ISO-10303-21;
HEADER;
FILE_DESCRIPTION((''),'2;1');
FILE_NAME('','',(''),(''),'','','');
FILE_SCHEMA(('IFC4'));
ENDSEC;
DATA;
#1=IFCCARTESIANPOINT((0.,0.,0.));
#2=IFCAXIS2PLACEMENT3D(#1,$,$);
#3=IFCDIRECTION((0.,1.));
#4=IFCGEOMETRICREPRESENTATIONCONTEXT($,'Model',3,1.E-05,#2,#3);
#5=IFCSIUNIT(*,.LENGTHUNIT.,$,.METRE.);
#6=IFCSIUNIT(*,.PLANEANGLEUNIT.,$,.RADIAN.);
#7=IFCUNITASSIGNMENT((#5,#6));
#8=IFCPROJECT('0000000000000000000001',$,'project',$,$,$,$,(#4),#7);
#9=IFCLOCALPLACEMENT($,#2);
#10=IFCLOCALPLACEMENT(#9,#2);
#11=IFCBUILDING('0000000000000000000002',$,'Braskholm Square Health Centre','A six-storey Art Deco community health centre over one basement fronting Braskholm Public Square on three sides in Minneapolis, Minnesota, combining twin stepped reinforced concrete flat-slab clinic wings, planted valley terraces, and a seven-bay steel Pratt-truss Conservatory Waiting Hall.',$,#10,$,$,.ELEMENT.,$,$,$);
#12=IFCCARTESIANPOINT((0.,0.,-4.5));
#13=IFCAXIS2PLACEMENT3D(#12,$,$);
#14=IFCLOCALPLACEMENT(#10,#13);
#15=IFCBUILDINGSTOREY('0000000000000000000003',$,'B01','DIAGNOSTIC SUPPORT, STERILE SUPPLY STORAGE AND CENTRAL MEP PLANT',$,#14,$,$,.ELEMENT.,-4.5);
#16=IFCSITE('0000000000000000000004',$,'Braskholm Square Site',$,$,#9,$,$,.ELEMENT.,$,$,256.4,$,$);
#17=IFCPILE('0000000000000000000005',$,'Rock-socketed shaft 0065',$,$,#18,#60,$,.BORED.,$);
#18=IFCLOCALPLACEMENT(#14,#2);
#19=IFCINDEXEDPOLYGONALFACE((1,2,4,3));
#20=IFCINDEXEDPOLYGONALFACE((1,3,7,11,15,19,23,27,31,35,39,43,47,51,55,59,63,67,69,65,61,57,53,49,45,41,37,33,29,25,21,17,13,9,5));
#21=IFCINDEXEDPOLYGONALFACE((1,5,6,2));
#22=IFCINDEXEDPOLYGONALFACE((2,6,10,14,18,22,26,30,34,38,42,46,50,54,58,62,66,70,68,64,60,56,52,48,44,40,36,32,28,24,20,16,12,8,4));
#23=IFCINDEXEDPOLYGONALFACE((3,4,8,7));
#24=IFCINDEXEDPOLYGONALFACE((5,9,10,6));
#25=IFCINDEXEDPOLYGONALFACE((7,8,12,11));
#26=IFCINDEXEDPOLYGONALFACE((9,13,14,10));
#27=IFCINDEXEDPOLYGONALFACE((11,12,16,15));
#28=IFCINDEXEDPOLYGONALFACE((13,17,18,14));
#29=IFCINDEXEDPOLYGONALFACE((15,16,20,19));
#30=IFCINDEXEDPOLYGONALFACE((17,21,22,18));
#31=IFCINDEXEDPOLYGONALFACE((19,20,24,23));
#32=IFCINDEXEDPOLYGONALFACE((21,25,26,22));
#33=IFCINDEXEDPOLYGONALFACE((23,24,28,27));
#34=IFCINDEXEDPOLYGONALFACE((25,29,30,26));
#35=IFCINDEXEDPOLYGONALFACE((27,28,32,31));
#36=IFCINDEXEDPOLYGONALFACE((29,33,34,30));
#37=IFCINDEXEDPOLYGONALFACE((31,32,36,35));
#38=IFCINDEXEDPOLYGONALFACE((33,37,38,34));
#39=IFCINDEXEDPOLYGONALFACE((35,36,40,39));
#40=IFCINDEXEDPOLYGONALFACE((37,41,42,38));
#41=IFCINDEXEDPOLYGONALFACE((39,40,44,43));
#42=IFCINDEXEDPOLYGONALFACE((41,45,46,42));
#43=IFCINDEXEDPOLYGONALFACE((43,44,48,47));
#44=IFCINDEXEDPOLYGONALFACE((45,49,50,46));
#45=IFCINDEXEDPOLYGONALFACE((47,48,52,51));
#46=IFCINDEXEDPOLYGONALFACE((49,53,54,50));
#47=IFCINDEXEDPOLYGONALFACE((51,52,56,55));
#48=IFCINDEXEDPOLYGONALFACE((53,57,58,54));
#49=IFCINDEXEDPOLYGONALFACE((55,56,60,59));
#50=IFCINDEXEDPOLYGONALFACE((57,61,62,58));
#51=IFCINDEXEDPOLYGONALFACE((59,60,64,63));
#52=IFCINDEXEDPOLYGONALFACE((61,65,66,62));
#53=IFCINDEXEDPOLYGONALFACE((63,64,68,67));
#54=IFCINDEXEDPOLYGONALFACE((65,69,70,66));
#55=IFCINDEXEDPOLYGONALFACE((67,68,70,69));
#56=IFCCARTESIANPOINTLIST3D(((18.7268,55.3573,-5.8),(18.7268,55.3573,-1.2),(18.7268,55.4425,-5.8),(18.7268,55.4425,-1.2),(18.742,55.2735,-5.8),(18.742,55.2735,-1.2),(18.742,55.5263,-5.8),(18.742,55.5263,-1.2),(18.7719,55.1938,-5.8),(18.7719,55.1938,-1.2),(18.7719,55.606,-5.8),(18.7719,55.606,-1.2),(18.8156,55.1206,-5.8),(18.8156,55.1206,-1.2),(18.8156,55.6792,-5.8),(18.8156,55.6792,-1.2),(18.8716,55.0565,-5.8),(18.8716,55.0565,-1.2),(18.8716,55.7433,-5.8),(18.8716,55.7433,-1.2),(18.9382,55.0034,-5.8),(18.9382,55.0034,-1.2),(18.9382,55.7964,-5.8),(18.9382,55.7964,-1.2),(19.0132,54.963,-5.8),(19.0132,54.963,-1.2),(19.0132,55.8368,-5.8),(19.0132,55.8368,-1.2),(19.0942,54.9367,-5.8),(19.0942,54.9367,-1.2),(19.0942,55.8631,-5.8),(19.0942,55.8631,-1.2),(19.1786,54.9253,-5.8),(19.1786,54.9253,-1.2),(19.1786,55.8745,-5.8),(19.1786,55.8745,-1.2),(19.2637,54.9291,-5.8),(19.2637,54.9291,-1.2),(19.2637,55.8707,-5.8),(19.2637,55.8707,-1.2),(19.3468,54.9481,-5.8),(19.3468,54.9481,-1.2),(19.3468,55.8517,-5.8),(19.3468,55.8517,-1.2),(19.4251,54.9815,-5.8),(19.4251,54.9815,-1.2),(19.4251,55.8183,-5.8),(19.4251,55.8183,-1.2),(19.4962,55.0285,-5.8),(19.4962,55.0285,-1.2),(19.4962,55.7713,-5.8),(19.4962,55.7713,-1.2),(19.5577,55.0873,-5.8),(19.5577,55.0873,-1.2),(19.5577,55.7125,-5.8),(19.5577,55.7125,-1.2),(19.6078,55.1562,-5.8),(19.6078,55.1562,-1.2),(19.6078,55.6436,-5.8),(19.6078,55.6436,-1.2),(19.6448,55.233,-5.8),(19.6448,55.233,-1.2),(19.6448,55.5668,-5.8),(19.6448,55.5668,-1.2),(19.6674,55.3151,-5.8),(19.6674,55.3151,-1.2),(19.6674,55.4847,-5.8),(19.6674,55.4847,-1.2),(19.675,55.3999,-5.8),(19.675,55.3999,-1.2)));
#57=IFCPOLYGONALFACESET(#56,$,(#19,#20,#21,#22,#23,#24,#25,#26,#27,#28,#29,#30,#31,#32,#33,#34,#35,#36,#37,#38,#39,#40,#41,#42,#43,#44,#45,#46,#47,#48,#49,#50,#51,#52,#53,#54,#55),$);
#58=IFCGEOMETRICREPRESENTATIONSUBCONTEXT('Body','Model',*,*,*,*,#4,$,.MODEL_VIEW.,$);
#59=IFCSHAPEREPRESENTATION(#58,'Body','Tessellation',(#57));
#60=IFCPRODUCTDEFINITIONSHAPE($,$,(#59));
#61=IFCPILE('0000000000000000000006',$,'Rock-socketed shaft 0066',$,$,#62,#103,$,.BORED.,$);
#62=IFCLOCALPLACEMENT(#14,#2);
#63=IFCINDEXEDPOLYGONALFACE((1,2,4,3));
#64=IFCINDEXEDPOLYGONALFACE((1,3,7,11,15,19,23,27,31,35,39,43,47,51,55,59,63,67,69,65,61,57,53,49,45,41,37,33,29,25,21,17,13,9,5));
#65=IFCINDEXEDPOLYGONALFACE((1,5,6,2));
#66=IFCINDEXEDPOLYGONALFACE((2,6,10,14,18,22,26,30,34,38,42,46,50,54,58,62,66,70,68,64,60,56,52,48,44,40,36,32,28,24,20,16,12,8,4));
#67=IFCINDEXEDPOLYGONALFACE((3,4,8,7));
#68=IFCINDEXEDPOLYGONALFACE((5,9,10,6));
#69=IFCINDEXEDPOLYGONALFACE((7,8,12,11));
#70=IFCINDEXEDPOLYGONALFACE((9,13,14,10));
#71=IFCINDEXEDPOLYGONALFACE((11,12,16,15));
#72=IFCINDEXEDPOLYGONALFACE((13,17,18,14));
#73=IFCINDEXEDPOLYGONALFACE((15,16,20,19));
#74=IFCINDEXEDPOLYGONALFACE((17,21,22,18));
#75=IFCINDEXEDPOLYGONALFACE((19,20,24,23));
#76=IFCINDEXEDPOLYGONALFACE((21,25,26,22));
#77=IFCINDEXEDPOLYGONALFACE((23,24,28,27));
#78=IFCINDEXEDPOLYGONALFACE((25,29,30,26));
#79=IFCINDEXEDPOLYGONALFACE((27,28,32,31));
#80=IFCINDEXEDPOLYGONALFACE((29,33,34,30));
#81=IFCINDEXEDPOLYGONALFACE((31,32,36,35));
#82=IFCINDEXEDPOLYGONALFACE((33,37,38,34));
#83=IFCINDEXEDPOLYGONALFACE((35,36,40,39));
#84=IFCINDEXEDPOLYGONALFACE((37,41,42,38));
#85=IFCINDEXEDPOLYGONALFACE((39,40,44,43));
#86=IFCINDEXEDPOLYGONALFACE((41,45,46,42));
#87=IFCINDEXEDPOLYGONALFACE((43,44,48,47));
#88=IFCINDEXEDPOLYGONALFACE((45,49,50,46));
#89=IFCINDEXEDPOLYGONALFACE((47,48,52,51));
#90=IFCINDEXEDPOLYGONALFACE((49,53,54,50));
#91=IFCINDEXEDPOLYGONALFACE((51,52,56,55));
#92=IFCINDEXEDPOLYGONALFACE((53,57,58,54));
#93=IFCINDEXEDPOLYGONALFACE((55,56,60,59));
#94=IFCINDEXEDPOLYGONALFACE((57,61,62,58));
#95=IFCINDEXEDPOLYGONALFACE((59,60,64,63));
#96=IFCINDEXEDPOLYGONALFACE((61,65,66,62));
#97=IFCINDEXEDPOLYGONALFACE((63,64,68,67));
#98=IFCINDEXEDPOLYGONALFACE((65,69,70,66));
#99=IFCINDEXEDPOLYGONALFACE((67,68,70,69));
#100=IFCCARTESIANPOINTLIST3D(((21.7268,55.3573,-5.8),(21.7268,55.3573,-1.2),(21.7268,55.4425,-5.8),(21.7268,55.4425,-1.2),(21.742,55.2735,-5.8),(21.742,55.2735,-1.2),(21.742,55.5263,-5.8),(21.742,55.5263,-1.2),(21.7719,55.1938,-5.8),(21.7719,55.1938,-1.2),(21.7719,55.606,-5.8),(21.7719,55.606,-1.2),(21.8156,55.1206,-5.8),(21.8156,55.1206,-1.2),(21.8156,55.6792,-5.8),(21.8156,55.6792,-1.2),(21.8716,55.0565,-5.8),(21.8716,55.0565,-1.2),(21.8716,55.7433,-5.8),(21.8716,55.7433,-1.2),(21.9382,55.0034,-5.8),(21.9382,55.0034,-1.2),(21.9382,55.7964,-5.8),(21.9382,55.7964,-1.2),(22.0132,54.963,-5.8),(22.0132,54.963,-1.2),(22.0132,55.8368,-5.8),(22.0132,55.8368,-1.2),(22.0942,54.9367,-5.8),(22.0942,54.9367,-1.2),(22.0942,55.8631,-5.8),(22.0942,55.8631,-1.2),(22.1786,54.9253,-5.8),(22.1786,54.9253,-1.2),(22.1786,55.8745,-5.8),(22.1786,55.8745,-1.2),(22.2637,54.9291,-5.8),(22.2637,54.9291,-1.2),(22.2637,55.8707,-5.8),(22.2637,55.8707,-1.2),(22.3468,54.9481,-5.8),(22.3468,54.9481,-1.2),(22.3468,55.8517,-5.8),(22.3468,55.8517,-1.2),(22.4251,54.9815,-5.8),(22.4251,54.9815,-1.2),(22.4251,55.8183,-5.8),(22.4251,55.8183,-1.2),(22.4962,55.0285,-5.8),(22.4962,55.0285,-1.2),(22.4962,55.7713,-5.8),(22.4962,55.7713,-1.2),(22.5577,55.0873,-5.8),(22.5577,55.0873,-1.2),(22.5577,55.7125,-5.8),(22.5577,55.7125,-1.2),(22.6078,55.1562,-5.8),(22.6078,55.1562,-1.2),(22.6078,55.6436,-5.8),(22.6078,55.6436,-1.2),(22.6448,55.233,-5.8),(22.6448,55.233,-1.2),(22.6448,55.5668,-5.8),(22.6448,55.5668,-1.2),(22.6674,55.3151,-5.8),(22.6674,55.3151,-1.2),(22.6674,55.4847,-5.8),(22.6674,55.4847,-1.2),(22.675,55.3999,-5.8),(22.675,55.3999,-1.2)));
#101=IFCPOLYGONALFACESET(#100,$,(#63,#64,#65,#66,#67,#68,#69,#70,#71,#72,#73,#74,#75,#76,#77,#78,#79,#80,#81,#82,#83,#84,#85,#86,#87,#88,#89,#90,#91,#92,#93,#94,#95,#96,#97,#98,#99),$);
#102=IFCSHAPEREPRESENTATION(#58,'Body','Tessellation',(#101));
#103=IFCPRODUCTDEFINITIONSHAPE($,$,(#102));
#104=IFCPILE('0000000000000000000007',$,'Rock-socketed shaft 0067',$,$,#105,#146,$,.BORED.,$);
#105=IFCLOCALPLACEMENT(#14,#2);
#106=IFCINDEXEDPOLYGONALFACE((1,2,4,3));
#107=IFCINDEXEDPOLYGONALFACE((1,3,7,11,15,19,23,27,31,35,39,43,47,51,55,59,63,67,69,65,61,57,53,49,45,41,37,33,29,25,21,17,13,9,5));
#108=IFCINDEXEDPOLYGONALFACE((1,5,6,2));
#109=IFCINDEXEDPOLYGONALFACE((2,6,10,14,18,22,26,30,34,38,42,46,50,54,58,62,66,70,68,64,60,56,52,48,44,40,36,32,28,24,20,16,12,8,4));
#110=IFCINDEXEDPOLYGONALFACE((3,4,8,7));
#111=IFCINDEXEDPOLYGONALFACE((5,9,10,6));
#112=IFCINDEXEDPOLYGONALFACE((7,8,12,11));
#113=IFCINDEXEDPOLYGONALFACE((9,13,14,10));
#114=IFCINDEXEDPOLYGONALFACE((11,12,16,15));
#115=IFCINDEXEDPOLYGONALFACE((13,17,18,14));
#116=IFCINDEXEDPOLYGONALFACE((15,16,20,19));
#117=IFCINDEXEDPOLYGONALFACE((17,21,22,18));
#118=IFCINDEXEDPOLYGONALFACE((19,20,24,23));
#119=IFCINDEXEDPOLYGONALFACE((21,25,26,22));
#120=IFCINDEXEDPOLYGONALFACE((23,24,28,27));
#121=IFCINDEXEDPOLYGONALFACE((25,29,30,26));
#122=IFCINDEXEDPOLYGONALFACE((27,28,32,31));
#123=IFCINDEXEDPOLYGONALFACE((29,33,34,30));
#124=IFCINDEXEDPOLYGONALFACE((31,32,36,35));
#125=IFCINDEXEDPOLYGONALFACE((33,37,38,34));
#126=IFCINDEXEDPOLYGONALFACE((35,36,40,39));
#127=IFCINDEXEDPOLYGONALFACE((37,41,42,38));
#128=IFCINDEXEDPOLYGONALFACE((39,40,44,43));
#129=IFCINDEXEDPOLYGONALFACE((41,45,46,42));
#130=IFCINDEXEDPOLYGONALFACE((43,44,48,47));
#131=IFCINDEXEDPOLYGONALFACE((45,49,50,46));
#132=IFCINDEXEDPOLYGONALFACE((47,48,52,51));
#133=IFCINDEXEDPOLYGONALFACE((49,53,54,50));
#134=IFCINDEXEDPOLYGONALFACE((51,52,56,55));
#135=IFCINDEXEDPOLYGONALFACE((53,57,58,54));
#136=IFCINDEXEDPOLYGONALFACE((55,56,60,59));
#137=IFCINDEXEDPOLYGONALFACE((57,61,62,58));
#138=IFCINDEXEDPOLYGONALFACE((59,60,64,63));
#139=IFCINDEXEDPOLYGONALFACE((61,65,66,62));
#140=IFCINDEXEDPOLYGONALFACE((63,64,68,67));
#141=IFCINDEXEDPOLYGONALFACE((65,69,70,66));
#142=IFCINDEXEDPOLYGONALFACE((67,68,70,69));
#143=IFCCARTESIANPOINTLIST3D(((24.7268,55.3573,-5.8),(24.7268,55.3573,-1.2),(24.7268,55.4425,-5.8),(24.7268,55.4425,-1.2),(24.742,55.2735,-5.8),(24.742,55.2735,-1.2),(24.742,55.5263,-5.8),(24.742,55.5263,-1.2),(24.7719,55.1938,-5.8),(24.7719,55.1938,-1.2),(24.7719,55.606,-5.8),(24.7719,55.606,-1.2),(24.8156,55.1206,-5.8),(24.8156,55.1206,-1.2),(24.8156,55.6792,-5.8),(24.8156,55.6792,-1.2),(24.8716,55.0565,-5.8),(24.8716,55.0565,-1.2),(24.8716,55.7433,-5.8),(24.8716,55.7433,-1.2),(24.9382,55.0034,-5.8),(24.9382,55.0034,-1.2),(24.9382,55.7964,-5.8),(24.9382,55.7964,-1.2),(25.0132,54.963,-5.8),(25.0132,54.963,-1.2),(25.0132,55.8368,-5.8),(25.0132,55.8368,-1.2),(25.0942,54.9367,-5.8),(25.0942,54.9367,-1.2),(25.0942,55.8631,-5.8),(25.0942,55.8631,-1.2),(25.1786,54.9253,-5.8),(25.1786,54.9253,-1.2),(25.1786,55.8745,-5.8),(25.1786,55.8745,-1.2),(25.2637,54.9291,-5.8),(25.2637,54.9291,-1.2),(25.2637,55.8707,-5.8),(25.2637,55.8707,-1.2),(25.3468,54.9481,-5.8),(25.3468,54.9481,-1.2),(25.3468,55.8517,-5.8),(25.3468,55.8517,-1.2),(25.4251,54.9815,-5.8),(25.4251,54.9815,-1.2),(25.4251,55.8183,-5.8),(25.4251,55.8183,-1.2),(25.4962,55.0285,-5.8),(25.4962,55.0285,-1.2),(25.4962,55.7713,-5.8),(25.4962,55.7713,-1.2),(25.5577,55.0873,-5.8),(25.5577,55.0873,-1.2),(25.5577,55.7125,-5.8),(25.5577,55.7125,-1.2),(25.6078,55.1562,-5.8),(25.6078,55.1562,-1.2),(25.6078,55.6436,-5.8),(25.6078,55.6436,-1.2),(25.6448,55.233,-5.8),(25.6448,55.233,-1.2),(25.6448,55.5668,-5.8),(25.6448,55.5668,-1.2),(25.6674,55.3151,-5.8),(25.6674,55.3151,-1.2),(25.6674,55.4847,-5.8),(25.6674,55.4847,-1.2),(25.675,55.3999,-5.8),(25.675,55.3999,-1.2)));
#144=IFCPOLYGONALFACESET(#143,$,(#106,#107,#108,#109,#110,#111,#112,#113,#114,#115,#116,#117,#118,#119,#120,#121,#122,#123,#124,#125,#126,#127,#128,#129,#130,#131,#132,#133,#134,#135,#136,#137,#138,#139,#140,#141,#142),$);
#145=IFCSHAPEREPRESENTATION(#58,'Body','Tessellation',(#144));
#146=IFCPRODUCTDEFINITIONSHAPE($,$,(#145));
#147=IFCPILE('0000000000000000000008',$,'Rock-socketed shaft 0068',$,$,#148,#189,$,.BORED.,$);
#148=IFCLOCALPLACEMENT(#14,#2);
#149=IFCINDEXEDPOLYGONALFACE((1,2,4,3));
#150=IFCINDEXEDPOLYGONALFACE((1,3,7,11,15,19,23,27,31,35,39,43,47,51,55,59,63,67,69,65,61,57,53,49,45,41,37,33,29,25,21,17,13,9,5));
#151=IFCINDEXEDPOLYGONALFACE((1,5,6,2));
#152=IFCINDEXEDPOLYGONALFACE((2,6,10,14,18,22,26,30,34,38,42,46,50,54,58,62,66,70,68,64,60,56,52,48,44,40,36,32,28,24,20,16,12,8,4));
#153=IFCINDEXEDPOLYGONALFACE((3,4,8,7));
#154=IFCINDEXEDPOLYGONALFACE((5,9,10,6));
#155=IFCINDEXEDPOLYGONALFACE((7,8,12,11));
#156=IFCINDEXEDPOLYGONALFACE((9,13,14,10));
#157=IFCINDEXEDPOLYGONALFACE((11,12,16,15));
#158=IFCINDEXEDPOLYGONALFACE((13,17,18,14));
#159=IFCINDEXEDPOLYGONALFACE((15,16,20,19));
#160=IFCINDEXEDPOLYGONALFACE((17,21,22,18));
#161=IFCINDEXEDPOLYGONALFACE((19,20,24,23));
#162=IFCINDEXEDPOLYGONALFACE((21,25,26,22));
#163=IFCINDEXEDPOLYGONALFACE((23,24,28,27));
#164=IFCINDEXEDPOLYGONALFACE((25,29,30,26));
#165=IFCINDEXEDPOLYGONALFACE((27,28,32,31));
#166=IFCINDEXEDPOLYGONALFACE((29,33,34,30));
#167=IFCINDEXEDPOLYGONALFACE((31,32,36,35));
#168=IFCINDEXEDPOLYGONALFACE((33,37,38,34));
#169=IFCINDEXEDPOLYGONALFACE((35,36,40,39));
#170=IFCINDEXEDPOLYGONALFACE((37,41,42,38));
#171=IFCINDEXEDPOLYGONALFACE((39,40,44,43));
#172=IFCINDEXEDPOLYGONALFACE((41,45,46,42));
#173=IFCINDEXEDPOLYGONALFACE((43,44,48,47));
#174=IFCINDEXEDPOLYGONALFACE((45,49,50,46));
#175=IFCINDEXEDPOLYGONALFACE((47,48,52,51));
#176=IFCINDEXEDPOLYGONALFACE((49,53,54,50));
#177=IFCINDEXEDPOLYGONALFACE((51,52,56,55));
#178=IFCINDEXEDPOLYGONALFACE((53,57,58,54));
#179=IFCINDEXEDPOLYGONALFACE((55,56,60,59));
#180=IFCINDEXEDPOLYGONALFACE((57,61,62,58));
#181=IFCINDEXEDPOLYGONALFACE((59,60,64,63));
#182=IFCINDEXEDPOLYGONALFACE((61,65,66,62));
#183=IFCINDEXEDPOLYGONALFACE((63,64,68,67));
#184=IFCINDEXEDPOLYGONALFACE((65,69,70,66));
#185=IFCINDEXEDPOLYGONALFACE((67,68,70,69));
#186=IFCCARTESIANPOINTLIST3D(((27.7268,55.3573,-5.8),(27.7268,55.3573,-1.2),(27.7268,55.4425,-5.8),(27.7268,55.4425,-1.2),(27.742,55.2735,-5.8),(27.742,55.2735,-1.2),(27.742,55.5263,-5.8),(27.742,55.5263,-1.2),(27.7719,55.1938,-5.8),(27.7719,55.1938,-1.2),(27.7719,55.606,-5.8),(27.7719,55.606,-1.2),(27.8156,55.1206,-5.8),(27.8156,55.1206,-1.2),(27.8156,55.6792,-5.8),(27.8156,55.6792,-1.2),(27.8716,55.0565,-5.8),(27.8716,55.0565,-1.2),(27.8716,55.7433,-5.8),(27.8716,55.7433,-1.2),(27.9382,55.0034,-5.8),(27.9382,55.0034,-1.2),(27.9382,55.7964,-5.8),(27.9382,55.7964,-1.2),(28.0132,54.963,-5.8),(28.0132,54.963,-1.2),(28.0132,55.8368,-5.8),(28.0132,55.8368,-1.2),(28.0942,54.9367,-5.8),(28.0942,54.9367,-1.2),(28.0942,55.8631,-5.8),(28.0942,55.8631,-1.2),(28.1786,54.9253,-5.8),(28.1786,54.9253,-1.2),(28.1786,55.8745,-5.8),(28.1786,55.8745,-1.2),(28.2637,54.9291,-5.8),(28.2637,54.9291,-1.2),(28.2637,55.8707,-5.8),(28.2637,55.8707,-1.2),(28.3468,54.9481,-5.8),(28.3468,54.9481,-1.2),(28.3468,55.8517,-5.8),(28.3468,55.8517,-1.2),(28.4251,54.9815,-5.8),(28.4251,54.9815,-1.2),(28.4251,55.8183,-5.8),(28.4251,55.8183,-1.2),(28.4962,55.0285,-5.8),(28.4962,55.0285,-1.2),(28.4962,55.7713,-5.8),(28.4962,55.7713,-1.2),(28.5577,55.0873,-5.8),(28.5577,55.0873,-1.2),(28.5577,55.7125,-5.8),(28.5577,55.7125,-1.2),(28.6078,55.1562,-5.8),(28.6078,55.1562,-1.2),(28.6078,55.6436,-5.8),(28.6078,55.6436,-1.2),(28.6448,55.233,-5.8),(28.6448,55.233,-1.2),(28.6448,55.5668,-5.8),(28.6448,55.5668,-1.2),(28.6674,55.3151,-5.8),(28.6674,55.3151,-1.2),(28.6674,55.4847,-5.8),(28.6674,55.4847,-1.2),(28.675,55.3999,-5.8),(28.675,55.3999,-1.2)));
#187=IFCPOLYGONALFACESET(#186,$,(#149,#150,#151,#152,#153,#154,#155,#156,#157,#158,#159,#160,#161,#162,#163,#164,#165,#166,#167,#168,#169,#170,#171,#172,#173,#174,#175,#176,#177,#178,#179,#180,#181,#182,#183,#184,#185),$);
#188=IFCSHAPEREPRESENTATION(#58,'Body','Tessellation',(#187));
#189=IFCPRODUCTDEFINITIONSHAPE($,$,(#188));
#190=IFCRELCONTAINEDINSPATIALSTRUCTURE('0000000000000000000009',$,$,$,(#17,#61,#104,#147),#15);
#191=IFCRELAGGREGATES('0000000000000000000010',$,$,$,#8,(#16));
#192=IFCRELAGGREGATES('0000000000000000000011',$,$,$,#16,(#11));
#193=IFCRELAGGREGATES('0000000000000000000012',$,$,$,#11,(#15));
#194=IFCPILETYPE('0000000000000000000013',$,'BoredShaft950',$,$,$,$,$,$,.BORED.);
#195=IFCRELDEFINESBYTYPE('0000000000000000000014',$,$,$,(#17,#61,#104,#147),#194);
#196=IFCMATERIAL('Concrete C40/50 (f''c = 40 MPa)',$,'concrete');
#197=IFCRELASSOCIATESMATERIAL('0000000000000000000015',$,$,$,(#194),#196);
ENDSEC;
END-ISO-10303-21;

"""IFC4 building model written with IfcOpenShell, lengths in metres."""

from ifc_helpers import new_model, si_unit, direction, frame, origin, origin_2d, place, context, subcontext, project, spatial, circle, extrude, material, material_profile, profile_set, type_object, element, save


model = new_model("IFC4")

# Units and contexts
model_context = context("Model", 3, precision=1e-05, world=origin(), true_north=direction((0.0, 1.0)))
body_context = subcontext(model_context, "Body", "Model", "MODEL_VIEW")
ifc_project = project(units=[si_unit("LENGTHUNIT", "METRE"), si_unit("PLANEANGLEUNIT", "RADIAN")], contexts=[model_context])

# Site, building, storey
site_placement = place(None, origin())
site = spatial("IfcSite", under=ifc_project, at=site_placement, Name="Braskholm Square Site", CompositionType="ELEMENT", RefElevation=256.4)
building_placement = place(site_placement, origin())
building = spatial("IfcBuilding", under=site, at=building_placement, Name="Braskholm Square Health Centre", Description="A six-storey Art Deco community health centre over one basement fronting Braskholm Public Square on three sides in Minneapolis, Minnesota, combining twin stepped reinforced concrete flat-slab clinic wings, planted valley terraces, and a seven-bay steel Pratt-truss Conservatory Waiting Hall.", CompositionType="ELEMENT")
storey_placement = place(building_placement, frame((0.0, 0.0, -4.5)))
storey = spatial("IfcBuildingStorey", under=building, at=storey_placement, Name="B01", Description="DIAGNOSTIC SUPPORT, STERILE SUPPLY STORAGE AND CENTRAL MEP PLANT", CompositionType="ELEMENT", Elevation=-4.5)

# Piles
ifc_material_1 = material(Name="Concrete C40/50 (f'c = 40 MPa)", Category="concrete")
ifc_material_profile_1 = material_profile(ifc_material_1, circle(Radius=0.4751, at=origin_2d()), Name="BORED-PILE-950")
ifc_profile_set_1 = profile_set([ifc_material_profile_1], Name="Concrete C40/50 (f'c = 40 MPa)")
pile_type_1 = type_object("IfcPileType", Name="BoredShaft950", PredefinedType="BORED", material=ifc_profile_set_1)
for number, where, z_axis, x_axis, name in (
    (1, (19.2, 55.3999, -1.2), (0.0, 0.0, -1.0), (1.0, 0.0, 0.0), "Rock-socketed shaft 0065"),
    (2, (22.2, 55.3999, -1.2), (0.0, 0.0, -1.0), (1.0, 0.0, 0.0), "Rock-socketed shaft 0066"),
    (3, (25.2, 55.3999, -1.2), (0.0, 0.0, -1.0), (1.0, 0.0, 0.0), "Rock-socketed shaft 0067"),
    (4, (28.2, 55.3999, -1.2), (0.0, 0.0, -1.0), (1.0, 0.0, 0.0), "Rock-socketed shaft 0068"),
):
    element("IfcPile", number, at=place(storey_placement, frame(where, z_axis=z_axis, x_axis=x_axis)), inside=storey, type_object=pile_type_1, Name=name, PredefinedType="BORED", context=body_context, shape_type="SweptSolid", body=[
        extrude(circle(Radius=0.4751, at=origin_2d()), origin(), (0.0, 0.0, 1.0), 4.6001),
    ])

save(model, "model.ifc")
